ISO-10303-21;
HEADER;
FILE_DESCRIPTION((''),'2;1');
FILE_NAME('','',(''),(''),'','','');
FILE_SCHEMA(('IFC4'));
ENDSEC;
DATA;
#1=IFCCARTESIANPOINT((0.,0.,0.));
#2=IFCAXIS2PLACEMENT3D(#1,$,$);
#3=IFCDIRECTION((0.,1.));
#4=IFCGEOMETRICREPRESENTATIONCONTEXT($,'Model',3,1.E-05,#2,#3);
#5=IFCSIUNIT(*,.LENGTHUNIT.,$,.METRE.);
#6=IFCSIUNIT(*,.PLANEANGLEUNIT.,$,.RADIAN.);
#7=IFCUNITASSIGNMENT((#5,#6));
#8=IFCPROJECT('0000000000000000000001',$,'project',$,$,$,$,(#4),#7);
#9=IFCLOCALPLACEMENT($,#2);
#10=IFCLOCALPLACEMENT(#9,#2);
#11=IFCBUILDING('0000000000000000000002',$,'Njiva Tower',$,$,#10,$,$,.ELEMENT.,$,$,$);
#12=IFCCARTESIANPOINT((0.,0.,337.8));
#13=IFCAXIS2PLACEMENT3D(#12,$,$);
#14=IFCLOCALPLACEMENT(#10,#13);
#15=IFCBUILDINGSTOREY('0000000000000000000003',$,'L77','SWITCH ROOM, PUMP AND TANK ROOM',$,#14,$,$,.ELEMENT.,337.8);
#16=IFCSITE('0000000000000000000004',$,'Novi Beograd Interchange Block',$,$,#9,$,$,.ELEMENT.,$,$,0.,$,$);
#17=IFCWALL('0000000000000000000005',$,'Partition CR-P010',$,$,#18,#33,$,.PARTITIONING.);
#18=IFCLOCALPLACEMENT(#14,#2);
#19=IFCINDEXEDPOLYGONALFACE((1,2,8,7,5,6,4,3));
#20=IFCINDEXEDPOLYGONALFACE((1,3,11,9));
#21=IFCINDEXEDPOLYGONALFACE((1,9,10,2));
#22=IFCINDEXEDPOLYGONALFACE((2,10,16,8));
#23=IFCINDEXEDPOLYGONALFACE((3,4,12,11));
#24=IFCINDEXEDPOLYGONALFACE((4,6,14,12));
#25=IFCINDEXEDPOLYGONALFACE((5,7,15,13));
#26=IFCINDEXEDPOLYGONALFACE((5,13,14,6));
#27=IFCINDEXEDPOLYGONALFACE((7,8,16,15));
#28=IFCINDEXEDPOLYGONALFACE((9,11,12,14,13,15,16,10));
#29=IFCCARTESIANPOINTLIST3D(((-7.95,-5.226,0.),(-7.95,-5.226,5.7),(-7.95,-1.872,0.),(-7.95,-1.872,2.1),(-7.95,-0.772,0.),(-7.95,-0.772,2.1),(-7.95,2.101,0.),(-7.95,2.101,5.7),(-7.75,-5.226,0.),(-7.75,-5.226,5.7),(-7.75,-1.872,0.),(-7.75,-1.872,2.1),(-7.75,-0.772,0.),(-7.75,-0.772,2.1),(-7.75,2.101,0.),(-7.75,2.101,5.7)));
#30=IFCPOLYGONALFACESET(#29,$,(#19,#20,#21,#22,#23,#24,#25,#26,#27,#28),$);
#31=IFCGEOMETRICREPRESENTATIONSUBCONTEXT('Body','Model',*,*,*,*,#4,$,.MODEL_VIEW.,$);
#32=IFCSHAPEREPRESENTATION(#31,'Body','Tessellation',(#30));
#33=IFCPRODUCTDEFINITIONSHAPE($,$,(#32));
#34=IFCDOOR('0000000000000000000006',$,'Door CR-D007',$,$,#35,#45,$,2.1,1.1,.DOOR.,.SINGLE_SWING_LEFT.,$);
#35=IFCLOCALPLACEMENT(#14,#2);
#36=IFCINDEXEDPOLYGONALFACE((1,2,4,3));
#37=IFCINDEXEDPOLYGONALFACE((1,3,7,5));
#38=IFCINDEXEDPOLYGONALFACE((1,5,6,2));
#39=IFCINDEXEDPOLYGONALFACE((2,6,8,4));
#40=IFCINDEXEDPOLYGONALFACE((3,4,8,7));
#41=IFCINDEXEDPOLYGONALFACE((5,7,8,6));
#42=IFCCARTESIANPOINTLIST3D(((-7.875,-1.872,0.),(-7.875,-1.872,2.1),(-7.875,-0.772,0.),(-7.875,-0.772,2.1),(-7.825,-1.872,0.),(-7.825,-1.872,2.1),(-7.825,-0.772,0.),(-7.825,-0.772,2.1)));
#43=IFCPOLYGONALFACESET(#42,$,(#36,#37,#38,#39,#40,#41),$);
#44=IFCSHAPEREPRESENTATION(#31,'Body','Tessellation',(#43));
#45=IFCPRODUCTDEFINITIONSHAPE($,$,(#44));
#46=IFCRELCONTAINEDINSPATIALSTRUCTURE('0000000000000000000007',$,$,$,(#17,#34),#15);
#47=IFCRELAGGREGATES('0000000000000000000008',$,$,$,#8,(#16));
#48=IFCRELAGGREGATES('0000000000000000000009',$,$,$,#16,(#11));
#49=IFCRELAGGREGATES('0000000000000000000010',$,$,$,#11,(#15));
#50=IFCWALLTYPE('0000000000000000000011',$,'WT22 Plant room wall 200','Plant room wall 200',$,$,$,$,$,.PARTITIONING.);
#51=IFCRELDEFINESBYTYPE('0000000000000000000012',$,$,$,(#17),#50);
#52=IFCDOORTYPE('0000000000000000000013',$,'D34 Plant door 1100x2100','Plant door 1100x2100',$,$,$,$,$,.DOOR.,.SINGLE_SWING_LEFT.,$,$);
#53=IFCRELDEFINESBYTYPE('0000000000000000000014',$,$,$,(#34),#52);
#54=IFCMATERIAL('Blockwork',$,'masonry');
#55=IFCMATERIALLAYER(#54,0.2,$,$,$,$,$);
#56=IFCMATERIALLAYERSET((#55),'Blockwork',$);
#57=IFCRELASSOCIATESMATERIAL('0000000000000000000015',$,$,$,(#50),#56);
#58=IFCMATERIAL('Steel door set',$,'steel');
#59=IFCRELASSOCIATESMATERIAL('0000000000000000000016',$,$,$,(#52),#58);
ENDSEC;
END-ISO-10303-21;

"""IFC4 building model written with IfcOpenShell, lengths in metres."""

from ifc_helpers import new_model, si_unit, direction, frame, frame_2d, origin, place, context, subcontext, project, spatial, rectangle, extrude, material, layer, layer_set, type_object, element, fill, save


model = new_model("IFC4")

# Units and contexts
model_context = context("Model", 3, precision=1e-05, world=origin(), true_north=direction((0.0, 1.0)))
body_context = subcontext(model_context, "Body", "Model", "MODEL_VIEW")
ifc_project = project(units=[si_unit("LENGTHUNIT", "METRE"), si_unit("PLANEANGLEUNIT", "RADIAN")], contexts=[model_context])

# Site, building, storey
site_placement = place(None, origin())
site = spatial("IfcSite", under=ifc_project, at=site_placement, Name="Novi Beograd Interchange Block", CompositionType="ELEMENT", RefElevation=0.0)
building_placement = place(site_placement, origin())
building = spatial("IfcBuilding", under=site, at=building_placement, Name="Njiva Tower", CompositionType="ELEMENT")
storey_placement = place(building_placement, frame((0.0, 0.0, 337.8)))
storey = spatial("IfcBuildingStorey", under=building, at=storey_placement, Name="L77", Description="SWITCH ROOM, PUMP AND TANK ROOM", CompositionType="ELEMENT", Elevation=337.8)

# Shared definitions
ifc_material_1 = material(Name="Blockwork", Category="masonry")
ifc_layer_1 = layer(ifc_material_1, 0.2)
ifc_layer_set_1 = layer_set([ifc_layer_1], Name="Blockwork")
wall_type = type_object("IfcWallType", Name="WT22 Plant room wall 200", Description="Plant room wall 200", PredefinedType="PARTITIONING", material=ifc_layer_set_1)

# Wall, opening, door
wall_1_placement = place(storey_placement, frame((-7.85, -5.226, 0.0), z_axis=(0.0, 0.0, 1.0), x_axis=(0.0, 1.0, 0.0)))
wall_1 = element("IfcWall", 1, at=wall_1_placement, inside=storey, type_object=wall_type, Name="Partition CR-P010", PredefinedType="PARTITIONING", context=body_context, shape_type="SweptSolid", body=[
    extrude(rectangle(XDim=7.327, YDim=0.2, at=frame_2d((3.6635, 0.0))), origin(), (0.0, 0.0, 1.0), 5.7),
])
opening_placement = place(wall_1_placement, frame((3.354, 0.0, 0.0)))
opening = element("IfcOpeningElement", 2, at=opening_placement, cuts=wall_1, PredefinedType="OPENING", context=body_context, shape_type="SweptSolid", body=[
    extrude(rectangle(XDim=1.1, YDim=2.1, at=frame_2d((0.55, 1.05))), frame((0.0, 0.11, 0.0), z_axis=(0.0, -1.0, 0.0), x_axis=(1.0, 0.0, 0.0)), (0.0, 0.0, 1.0), 0.22),
])
ifc_material_2 = material(Name="Steel door set", Category="steel")
door_type = type_object("IfcDoorType", Name="D34 Plant door 1100x2100", Description="Plant door 1100x2100", OperationType="SINGLE_SWING_LEFT", PredefinedType="DOOR", material=ifc_material_2)
door_placement = place(opening_placement, origin())
door = element("IfcDoor", 3, at=door_placement, inside=storey, type_object=door_type, Name="Door CR-D007", OperationType="SINGLE_SWING_LEFT", OverallHeight=2.1, OverallWidth=1.1, PredefinedType="DOOR", context=body_context, shape_type="SweptSolid", body=[
    extrude(rectangle(XDim=1.1, YDim=2.1, at=frame_2d((0.55, 1.05))), frame((0.0, 0.025, 0.0), z_axis=(0.0, -1.0, 0.0), x_axis=(1.0, 0.0, 0.0)), (0.0, 0.0, 1.0), 0.05),
])
fill(opening, door)

save(model, "model.ifc")
